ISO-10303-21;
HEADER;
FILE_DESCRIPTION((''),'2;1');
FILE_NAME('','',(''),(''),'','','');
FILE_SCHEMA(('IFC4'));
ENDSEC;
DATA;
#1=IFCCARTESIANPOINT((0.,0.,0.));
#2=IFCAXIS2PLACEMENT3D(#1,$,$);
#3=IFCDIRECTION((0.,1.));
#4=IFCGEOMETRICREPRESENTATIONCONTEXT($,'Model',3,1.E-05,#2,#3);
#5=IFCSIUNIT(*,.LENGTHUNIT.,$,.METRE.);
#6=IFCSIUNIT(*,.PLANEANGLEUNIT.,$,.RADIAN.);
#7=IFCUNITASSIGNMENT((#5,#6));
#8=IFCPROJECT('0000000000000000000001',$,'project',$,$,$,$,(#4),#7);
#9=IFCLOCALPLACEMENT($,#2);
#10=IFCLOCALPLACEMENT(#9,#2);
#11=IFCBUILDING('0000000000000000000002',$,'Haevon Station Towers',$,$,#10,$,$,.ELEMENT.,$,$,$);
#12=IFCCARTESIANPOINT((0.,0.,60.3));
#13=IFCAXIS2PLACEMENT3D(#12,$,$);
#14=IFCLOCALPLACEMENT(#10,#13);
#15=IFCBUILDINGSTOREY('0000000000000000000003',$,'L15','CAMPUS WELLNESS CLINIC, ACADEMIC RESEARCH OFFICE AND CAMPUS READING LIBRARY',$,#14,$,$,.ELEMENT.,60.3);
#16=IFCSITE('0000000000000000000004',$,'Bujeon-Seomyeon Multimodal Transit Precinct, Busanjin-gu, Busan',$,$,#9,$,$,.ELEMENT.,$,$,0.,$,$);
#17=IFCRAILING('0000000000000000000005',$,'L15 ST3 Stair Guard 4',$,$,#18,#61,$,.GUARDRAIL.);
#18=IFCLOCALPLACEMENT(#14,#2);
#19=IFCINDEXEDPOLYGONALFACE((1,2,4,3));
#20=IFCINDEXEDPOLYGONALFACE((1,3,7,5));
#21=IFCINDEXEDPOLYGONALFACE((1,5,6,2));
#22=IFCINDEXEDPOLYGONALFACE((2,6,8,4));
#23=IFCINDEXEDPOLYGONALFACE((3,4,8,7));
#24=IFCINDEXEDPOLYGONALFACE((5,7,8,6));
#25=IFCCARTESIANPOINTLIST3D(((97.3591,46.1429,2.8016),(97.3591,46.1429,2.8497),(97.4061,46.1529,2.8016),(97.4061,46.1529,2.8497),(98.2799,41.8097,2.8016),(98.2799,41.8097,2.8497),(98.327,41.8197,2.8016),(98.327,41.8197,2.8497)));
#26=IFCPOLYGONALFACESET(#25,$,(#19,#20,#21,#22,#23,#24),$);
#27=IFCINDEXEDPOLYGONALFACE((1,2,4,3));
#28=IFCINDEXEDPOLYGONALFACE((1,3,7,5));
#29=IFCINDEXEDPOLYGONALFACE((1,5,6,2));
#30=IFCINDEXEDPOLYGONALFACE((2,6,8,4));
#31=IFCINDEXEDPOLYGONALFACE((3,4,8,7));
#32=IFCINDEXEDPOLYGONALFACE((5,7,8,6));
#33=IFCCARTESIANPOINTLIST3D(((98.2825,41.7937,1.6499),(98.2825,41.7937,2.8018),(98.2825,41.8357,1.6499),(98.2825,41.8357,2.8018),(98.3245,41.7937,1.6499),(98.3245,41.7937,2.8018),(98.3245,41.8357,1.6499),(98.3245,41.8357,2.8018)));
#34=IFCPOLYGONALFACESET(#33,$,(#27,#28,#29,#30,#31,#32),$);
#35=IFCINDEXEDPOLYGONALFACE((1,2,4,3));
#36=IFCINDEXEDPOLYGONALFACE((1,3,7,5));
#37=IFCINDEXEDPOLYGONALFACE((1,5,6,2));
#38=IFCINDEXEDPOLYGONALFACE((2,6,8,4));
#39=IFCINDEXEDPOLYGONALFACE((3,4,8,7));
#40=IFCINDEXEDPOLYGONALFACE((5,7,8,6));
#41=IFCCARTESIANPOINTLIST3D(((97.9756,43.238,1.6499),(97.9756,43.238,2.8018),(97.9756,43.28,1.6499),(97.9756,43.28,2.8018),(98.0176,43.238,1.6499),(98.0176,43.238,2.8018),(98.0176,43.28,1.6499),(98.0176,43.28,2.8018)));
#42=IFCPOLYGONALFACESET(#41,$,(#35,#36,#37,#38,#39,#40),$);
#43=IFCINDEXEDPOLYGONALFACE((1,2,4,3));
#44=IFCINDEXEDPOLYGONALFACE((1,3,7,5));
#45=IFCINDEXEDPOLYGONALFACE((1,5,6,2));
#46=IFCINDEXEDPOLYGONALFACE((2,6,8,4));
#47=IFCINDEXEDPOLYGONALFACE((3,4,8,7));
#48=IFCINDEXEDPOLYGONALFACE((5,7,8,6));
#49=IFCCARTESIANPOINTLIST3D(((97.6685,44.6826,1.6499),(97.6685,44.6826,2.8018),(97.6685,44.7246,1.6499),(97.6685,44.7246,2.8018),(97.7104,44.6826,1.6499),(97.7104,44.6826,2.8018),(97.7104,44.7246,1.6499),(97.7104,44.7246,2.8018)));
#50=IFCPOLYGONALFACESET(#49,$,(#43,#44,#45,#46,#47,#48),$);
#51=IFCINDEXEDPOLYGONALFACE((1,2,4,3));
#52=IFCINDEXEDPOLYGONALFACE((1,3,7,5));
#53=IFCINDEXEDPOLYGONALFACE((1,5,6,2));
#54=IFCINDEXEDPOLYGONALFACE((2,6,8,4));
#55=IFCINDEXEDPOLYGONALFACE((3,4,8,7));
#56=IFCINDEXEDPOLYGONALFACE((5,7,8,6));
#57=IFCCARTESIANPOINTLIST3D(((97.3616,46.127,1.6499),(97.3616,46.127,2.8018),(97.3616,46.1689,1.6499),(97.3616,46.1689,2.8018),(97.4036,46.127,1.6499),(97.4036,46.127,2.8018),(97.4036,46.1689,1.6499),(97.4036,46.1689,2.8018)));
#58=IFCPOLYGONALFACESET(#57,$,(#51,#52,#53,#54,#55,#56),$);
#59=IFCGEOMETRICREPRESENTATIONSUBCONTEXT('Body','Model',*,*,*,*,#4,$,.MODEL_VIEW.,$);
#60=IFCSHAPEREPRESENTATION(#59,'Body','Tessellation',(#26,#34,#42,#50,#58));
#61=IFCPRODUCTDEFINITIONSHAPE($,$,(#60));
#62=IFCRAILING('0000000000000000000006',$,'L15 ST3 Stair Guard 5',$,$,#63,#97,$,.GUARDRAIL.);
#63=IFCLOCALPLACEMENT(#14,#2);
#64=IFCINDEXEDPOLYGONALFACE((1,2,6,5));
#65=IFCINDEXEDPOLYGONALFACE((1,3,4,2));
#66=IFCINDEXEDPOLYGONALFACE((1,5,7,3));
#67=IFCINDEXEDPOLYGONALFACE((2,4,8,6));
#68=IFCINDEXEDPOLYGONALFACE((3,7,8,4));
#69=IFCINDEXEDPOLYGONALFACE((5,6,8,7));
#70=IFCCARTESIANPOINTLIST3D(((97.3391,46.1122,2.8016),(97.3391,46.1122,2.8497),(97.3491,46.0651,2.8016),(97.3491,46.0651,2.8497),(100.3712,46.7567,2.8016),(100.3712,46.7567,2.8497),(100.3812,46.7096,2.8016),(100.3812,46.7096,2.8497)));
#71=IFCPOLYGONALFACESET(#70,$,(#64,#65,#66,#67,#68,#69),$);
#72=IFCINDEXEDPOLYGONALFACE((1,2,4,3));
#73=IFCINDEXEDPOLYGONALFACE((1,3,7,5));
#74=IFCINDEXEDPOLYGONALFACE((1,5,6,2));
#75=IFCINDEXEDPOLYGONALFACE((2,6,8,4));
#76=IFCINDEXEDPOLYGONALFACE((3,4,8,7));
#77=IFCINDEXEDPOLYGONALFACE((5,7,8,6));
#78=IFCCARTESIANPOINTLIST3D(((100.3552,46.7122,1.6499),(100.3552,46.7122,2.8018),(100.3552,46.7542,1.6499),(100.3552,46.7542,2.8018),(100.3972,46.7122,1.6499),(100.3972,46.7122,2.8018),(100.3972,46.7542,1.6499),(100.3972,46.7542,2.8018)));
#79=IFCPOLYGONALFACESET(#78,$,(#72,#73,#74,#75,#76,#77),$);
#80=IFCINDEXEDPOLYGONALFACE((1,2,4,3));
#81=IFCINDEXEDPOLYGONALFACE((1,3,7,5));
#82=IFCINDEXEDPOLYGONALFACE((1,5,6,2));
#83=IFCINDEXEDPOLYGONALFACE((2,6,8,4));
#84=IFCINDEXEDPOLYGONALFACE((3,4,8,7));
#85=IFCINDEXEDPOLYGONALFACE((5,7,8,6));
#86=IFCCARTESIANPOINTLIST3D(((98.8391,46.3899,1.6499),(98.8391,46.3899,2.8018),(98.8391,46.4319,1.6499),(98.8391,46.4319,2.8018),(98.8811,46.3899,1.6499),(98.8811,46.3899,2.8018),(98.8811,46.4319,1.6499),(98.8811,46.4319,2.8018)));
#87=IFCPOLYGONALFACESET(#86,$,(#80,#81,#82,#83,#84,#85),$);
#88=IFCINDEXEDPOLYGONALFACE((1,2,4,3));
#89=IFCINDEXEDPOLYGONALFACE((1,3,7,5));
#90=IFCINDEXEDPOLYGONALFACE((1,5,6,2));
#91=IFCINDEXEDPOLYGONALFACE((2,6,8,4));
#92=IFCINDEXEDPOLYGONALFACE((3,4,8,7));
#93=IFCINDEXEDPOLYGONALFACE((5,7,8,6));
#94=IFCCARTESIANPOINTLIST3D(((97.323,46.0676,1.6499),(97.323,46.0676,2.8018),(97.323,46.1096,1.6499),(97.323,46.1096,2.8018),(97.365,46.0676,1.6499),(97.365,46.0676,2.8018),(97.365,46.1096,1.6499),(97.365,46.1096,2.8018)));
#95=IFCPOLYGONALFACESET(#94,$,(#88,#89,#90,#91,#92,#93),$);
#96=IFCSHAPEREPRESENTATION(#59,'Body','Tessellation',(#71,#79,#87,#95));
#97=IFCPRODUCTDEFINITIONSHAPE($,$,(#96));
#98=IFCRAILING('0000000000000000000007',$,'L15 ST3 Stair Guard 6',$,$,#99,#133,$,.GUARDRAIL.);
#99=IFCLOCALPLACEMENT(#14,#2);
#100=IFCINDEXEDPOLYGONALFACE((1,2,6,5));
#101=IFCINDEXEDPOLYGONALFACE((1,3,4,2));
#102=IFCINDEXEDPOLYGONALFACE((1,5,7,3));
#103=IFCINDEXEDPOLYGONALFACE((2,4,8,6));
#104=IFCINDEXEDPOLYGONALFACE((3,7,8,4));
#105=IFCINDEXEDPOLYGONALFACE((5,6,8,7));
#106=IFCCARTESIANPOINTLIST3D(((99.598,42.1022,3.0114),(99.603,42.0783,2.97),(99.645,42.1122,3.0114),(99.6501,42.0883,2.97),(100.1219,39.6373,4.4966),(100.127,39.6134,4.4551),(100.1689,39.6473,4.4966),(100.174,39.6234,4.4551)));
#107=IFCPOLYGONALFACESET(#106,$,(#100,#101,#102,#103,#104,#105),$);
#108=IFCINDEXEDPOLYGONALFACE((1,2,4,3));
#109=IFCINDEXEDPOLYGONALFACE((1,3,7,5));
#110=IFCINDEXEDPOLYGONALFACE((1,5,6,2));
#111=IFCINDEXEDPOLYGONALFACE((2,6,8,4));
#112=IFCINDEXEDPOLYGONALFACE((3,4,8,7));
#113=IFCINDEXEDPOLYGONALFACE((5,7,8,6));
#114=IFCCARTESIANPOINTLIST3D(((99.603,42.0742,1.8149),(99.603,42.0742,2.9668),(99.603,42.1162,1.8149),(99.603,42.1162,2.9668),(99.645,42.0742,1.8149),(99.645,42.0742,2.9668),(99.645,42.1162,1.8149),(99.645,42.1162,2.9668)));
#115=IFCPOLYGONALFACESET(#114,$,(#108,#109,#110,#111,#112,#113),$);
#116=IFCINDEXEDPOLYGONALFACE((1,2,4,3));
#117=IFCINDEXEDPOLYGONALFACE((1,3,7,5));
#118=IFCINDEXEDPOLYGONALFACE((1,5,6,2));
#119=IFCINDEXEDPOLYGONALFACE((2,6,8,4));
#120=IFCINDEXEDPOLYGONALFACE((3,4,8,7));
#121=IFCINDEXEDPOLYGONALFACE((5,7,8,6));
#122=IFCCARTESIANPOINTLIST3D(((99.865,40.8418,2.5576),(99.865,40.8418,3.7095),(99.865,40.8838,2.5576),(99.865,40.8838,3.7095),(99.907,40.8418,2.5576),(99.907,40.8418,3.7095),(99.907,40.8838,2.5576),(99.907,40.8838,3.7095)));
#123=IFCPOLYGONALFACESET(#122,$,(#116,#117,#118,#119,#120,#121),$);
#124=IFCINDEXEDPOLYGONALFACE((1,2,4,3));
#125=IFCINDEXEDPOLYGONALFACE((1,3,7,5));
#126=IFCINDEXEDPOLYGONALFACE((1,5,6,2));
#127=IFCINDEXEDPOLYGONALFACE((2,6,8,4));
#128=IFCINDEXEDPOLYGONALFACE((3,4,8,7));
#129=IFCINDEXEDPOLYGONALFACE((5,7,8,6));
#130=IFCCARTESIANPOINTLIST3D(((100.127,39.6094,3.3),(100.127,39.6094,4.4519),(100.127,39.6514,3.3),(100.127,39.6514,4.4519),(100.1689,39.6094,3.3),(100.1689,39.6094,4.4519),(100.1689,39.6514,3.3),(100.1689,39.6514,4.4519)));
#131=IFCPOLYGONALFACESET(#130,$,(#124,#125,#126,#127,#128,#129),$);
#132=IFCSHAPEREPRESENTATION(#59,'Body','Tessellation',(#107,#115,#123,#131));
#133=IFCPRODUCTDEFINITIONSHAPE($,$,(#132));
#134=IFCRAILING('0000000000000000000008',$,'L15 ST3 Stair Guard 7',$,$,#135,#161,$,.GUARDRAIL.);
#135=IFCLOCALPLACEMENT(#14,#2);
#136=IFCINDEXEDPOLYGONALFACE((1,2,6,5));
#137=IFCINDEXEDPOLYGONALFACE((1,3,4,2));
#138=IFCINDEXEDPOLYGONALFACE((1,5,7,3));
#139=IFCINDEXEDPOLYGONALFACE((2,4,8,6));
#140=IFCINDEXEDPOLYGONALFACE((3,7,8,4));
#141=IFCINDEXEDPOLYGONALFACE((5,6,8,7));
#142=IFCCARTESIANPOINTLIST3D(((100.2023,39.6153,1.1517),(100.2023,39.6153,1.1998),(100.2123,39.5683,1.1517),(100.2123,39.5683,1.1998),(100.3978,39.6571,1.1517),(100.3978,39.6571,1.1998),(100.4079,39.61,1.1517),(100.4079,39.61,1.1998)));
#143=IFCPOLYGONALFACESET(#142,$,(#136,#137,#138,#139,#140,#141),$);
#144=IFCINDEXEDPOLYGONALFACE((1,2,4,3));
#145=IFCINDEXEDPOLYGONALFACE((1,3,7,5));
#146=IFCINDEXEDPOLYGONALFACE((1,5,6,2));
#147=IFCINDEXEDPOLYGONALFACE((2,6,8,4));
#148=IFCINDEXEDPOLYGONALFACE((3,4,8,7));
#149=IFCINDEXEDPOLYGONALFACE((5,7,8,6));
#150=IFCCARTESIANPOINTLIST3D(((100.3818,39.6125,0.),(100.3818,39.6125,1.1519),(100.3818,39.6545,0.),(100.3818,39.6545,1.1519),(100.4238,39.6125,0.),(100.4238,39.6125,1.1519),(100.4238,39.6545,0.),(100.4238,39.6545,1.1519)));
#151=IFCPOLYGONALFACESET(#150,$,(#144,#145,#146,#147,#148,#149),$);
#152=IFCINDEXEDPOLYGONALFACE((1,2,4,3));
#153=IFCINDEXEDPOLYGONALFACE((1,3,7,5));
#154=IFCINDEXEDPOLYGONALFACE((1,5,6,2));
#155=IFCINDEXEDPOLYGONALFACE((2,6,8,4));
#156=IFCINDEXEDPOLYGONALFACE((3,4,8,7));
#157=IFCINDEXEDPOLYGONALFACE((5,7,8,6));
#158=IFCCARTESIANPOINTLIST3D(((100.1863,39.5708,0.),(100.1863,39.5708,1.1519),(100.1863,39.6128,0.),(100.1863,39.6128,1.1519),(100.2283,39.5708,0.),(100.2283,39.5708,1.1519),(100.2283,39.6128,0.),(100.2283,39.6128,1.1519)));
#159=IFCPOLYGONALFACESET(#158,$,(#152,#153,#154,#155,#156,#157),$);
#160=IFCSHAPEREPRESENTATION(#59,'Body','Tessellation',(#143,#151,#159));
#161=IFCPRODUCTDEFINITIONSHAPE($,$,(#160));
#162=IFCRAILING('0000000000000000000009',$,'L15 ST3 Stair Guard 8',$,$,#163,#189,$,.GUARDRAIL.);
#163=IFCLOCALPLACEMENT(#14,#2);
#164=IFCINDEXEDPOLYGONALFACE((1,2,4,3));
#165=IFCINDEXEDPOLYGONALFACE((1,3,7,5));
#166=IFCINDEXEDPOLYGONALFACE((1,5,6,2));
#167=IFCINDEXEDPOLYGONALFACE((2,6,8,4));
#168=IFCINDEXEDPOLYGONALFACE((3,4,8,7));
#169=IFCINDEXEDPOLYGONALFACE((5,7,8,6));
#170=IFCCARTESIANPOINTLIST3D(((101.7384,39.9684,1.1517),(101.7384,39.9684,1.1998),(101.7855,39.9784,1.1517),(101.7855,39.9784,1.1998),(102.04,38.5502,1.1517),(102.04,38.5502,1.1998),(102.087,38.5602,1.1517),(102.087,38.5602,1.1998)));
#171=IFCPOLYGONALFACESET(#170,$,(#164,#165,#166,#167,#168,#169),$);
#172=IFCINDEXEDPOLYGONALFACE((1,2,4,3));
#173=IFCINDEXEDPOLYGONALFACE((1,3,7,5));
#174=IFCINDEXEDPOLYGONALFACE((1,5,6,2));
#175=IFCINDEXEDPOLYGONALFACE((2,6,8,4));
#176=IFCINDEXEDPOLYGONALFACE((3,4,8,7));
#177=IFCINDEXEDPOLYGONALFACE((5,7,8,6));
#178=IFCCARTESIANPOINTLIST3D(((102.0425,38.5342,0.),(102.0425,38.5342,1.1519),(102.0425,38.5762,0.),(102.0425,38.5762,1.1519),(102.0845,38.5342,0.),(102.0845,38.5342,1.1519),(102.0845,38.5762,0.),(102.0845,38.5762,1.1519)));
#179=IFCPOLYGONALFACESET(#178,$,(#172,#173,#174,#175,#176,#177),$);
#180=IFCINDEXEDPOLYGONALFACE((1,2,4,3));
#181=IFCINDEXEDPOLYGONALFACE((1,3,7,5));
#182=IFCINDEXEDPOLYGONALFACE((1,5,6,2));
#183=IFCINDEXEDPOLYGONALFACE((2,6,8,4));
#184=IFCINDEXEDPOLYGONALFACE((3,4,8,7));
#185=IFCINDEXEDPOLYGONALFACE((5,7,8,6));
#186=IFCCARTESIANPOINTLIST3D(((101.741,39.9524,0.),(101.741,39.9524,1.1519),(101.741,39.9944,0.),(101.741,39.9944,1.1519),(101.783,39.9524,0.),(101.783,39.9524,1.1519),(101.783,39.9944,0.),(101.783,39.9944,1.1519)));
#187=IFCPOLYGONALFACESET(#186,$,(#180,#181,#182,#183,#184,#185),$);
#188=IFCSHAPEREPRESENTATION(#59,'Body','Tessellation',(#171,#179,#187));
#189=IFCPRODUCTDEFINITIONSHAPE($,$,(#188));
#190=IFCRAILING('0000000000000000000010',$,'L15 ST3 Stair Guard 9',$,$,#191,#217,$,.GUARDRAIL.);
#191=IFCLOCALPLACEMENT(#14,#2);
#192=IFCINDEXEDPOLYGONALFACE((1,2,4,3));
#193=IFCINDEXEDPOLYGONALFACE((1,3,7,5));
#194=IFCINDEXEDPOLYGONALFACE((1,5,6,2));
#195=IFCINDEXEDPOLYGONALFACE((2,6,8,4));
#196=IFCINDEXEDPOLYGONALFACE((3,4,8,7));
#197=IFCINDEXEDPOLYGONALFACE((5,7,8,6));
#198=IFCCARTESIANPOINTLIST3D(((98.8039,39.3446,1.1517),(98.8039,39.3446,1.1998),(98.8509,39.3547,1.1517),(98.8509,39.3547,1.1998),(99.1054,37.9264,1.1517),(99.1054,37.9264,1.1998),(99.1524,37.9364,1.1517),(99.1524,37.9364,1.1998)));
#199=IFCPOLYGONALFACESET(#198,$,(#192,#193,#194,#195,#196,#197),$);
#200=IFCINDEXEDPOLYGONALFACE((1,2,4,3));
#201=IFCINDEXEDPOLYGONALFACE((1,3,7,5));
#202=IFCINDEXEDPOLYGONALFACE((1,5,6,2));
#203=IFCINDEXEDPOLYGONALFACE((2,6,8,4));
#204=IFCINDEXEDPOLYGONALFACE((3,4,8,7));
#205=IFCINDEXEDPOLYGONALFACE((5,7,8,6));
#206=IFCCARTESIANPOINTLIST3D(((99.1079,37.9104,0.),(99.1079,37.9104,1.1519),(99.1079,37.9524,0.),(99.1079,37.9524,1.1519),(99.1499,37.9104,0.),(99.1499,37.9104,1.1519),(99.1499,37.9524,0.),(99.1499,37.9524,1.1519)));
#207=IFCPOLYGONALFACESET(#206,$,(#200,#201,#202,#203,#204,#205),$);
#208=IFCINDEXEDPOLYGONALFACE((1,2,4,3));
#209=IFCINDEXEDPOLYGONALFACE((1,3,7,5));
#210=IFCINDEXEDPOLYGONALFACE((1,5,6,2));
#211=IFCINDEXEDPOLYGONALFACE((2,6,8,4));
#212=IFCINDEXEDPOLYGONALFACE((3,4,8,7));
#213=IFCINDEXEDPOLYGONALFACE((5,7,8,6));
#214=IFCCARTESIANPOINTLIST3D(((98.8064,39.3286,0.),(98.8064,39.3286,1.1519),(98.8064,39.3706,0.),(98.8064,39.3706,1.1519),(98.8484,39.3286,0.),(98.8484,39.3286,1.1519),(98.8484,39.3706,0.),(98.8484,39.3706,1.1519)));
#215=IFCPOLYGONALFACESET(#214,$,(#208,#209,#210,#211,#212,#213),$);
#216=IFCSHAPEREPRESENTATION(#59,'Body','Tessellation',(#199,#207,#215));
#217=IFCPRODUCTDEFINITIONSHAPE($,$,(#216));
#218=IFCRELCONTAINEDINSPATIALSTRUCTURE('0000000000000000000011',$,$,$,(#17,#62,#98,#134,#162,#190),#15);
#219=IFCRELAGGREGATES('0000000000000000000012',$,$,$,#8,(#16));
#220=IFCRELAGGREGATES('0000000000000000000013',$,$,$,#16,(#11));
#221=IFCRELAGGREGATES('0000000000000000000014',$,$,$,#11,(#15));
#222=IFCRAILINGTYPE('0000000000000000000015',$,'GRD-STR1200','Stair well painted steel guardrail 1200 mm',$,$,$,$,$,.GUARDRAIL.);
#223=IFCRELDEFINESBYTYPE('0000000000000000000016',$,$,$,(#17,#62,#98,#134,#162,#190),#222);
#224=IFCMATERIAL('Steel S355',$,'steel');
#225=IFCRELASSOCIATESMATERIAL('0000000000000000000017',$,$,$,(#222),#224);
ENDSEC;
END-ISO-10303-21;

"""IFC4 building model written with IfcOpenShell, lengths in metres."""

from ifc_helpers import new_model, si_unit, direction, frame, origin, origin_2d, place, context, subcontext, project, spatial, rectangle, extrude, material, type_object, element, save


model = new_model("IFC4")

# Units and contexts
model_context = context("Model", 3, precision=1e-05, world=origin(), true_north=direction((0.0, 1.0)))
body_context = subcontext(model_context, "Body", "Model", "MODEL_VIEW")
ifc_project = project(units=[si_unit("LENGTHUNIT", "METRE"), si_unit("PLANEANGLEUNIT", "RADIAN")], contexts=[model_context])

# Site, building, storey
site_placement = place(None, origin())
site = spatial("IfcSite", under=ifc_project, at=site_placement, Name="Bujeon-Seomyeon Multimodal Transit Precinct, Busanjin-gu, Busan", CompositionType="ELEMENT", RefElevation=0.0)
building_placement = place(site_placement, origin())
building = spatial("IfcBuilding", under=site, at=building_placement, Name="Haevon Station Towers", CompositionType="ELEMENT")
storey_placement = place(building_placement, frame((0.0, 0.0, 60.3)))
storey = spatial("IfcBuildingStorey", under=building, at=storey_placement, Name="L15", Description="CAMPUS WELLNESS CLINIC, ACADEMIC RESEARCH OFFICE AND CAMPUS READING LIBRARY", CompositionType="ELEMENT", Elevation=60.3)

# Shared definitions
ifc_material_1 = material(Name="Steel S355", Category="steel")

# Railings
railing_type_1 = type_object("IfcRailingType", Name="GRD-STR1200", Description="Stair well painted steel guardrail 1200 mm", PredefinedType="GUARDRAIL", material=ifc_material_1)
railing_1_placement = place(storey_placement, frame((98.3035, 41.8147, 1.6499)))
element("IfcRailing", 1, at=railing_1_placement, inside=storey, type_object=railing_type_1, Name="L15 ST3 Stair Guard 4", PredefinedType="GUARDRAIL", context=body_context, shape_type="SweptSolid", body=[
    extrude(rectangle(XDim=0.0481, YDim=0.0481, at=origin_2d()), frame((0.0, 0.0, 1.1758), z_axis=(-0.207877, 0.978155, 0.0), x_axis=(-0.978155, -0.207877, 0.0)), (0.0, 0.0, 1.0), 4.4299),
    extrude(rectangle(XDim=0.042, YDim=0.042, at=origin_2d()), origin(), (0.0, 0.0, 1.0), 1.1519),
    extrude(rectangle(XDim=0.042, YDim=0.042, at=origin_2d()), frame((-0.3069, 1.4443, 0.0)), (0.0, 0.0, 1.0), 1.1519),
    extrude(rectangle(XDim=0.042, YDim=0.042, at=origin_2d()), frame((-0.614, 2.8889, 0.0)), (0.0, 0.0, 1.0), 1.1519),
    extrude(rectangle(XDim=0.042, YDim=0.042, at=origin_2d()), frame((-0.9209, 4.3333, 0.0)), (0.0, 0.0, 1.0), 1.1519),
])
railing_2_placement = place(storey_placement, frame((100.3762, 46.7332, 1.6499)))
element("IfcRailing", 2, at=railing_2_placement, inside=storey, type_object=railing_type_1, Name="L15 ST3 Stair Guard 5", PredefinedType="GUARDRAIL", context=body_context, shape_type="SweptSolid", body=[
    extrude(rectangle(XDim=0.0481, YDim=0.0481, at=origin_2d()), frame((0.0, 0.0, 1.1758), z_axis=(-0.978147, -0.207915, 0.0), x_axis=(0.207915, -0.978147, 0.0)), (0.0, 0.0, 1.0), 3.0999),
    extrude(rectangle(XDim=0.042, YDim=0.042, at=origin_2d()), origin(), (0.0, 0.0, 1.0), 1.1519),
    extrude(rectangle(XDim=0.042, YDim=0.042, at=origin_2d()), frame((-1.5161, -0.3223, 0.0)), (0.0, 0.0, 1.0), 1.1519),
    extrude(rectangle(XDim=0.042, YDim=0.042, at=origin_2d()), frame((-3.0322, -0.6445, 0.0)), (0.0, 0.0, 1.0), 1.1519),
])
railing_3_placement = place(storey_placement, frame((99.624, 42.0952, 1.8149)))
element("IfcRailing", 3, at=railing_3_placement, inside=storey, type_object=railing_type_1, Name="L15 ST3 Stair Guard 6", PredefinedType="GUARDRAIL", context=body_context, shape_type="SweptSolid", body=[
    extrude(rectangle(XDim=0.0481, YDim=0.0481, at=origin_2d()), frame((0.0, 0.0, 1.1758), z_axis=(0.179121, -0.842688, 0.507733), x_axis=(0.978147, 0.207914, 0.0)), (0.0, 0.0, 1.0), 2.925),
    extrude(rectangle(XDim=0.042, YDim=0.042, at=origin_2d()), origin(), (0.0, 0.0, 1.0), 1.1519),
    extrude(rectangle(XDim=0.042, YDim=0.042, at=origin_2d()), frame((0.262, -1.2324, 0.7427)), (0.0, 0.0, 1.0), 1.1519),
    extrude(rectangle(XDim=0.042, YDim=0.042, at=origin_2d()), frame((0.5239, -2.4648, 1.4851)), (0.0, 0.0, 1.0), 1.1519),
])
railing_4_placement = place(storey_placement, frame((100.4028, 39.6335, 0.0)))
element("IfcRailing", 4, at=railing_4_placement, inside=storey, type_object=railing_type_1, Name="L15 ST3 Stair Guard 7", PredefinedType="GUARDRAIL", context=body_context, shape_type="SweptSolid", body=[
    extrude(rectangle(XDim=0.0481, YDim=0.0481, at=origin_2d()), frame((0.0, 0.0, 1.1758), z_axis=(-0.977963, -0.208779, 0.0), x_axis=(0.208779, -0.977963, 0.0)), (0.0, 0.0, 1.0), 0.2),
    extrude(rectangle(XDim=0.042, YDim=0.042, at=origin_2d()), origin(), (0.0, 0.0, 1.0), 1.1519),
    extrude(rectangle(XDim=0.042, YDim=0.042, at=origin_2d()), frame((-0.1956, -0.0417, 0.0)), (0.0, 0.0, 1.0), 1.1519),
])
for number, where, name in (
    (5, (102.0635, 38.5552, 0.0), "L15 ST3 Stair Guard 8"),
    (6, (99.1289, 37.9314, 0.0), "L15 ST3 Stair Guard 9"),
):
    element("IfcRailing", number, at=place(storey_placement, frame(where)), inside=storey, type_object=railing_type_1, Name=name, PredefinedType="GUARDRAIL", context=body_context, shape_type="SweptSolid", body=[
        extrude(rectangle(XDim=0.0481, YDim=0.0481, at=origin_2d()), frame((0.0, 0.0, 1.1758), z_axis=(-0.207953, 0.978139, 0.0), x_axis=(-0.978139, -0.207953, 0.0)), (0.0, 0.0, 1.0), 1.45),
        extrude(rectangle(XDim=0.042, YDim=0.042, at=origin_2d()), origin(), (0.0, 0.0, 1.0), 1.1519),
        extrude(rectangle(XDim=0.042, YDim=0.042, at=origin_2d()), frame((-0.3015, 1.4182, 0.0)), (0.0, 0.0, 1.0), 1.1519),
    ])

save(model, "model.ifc")
